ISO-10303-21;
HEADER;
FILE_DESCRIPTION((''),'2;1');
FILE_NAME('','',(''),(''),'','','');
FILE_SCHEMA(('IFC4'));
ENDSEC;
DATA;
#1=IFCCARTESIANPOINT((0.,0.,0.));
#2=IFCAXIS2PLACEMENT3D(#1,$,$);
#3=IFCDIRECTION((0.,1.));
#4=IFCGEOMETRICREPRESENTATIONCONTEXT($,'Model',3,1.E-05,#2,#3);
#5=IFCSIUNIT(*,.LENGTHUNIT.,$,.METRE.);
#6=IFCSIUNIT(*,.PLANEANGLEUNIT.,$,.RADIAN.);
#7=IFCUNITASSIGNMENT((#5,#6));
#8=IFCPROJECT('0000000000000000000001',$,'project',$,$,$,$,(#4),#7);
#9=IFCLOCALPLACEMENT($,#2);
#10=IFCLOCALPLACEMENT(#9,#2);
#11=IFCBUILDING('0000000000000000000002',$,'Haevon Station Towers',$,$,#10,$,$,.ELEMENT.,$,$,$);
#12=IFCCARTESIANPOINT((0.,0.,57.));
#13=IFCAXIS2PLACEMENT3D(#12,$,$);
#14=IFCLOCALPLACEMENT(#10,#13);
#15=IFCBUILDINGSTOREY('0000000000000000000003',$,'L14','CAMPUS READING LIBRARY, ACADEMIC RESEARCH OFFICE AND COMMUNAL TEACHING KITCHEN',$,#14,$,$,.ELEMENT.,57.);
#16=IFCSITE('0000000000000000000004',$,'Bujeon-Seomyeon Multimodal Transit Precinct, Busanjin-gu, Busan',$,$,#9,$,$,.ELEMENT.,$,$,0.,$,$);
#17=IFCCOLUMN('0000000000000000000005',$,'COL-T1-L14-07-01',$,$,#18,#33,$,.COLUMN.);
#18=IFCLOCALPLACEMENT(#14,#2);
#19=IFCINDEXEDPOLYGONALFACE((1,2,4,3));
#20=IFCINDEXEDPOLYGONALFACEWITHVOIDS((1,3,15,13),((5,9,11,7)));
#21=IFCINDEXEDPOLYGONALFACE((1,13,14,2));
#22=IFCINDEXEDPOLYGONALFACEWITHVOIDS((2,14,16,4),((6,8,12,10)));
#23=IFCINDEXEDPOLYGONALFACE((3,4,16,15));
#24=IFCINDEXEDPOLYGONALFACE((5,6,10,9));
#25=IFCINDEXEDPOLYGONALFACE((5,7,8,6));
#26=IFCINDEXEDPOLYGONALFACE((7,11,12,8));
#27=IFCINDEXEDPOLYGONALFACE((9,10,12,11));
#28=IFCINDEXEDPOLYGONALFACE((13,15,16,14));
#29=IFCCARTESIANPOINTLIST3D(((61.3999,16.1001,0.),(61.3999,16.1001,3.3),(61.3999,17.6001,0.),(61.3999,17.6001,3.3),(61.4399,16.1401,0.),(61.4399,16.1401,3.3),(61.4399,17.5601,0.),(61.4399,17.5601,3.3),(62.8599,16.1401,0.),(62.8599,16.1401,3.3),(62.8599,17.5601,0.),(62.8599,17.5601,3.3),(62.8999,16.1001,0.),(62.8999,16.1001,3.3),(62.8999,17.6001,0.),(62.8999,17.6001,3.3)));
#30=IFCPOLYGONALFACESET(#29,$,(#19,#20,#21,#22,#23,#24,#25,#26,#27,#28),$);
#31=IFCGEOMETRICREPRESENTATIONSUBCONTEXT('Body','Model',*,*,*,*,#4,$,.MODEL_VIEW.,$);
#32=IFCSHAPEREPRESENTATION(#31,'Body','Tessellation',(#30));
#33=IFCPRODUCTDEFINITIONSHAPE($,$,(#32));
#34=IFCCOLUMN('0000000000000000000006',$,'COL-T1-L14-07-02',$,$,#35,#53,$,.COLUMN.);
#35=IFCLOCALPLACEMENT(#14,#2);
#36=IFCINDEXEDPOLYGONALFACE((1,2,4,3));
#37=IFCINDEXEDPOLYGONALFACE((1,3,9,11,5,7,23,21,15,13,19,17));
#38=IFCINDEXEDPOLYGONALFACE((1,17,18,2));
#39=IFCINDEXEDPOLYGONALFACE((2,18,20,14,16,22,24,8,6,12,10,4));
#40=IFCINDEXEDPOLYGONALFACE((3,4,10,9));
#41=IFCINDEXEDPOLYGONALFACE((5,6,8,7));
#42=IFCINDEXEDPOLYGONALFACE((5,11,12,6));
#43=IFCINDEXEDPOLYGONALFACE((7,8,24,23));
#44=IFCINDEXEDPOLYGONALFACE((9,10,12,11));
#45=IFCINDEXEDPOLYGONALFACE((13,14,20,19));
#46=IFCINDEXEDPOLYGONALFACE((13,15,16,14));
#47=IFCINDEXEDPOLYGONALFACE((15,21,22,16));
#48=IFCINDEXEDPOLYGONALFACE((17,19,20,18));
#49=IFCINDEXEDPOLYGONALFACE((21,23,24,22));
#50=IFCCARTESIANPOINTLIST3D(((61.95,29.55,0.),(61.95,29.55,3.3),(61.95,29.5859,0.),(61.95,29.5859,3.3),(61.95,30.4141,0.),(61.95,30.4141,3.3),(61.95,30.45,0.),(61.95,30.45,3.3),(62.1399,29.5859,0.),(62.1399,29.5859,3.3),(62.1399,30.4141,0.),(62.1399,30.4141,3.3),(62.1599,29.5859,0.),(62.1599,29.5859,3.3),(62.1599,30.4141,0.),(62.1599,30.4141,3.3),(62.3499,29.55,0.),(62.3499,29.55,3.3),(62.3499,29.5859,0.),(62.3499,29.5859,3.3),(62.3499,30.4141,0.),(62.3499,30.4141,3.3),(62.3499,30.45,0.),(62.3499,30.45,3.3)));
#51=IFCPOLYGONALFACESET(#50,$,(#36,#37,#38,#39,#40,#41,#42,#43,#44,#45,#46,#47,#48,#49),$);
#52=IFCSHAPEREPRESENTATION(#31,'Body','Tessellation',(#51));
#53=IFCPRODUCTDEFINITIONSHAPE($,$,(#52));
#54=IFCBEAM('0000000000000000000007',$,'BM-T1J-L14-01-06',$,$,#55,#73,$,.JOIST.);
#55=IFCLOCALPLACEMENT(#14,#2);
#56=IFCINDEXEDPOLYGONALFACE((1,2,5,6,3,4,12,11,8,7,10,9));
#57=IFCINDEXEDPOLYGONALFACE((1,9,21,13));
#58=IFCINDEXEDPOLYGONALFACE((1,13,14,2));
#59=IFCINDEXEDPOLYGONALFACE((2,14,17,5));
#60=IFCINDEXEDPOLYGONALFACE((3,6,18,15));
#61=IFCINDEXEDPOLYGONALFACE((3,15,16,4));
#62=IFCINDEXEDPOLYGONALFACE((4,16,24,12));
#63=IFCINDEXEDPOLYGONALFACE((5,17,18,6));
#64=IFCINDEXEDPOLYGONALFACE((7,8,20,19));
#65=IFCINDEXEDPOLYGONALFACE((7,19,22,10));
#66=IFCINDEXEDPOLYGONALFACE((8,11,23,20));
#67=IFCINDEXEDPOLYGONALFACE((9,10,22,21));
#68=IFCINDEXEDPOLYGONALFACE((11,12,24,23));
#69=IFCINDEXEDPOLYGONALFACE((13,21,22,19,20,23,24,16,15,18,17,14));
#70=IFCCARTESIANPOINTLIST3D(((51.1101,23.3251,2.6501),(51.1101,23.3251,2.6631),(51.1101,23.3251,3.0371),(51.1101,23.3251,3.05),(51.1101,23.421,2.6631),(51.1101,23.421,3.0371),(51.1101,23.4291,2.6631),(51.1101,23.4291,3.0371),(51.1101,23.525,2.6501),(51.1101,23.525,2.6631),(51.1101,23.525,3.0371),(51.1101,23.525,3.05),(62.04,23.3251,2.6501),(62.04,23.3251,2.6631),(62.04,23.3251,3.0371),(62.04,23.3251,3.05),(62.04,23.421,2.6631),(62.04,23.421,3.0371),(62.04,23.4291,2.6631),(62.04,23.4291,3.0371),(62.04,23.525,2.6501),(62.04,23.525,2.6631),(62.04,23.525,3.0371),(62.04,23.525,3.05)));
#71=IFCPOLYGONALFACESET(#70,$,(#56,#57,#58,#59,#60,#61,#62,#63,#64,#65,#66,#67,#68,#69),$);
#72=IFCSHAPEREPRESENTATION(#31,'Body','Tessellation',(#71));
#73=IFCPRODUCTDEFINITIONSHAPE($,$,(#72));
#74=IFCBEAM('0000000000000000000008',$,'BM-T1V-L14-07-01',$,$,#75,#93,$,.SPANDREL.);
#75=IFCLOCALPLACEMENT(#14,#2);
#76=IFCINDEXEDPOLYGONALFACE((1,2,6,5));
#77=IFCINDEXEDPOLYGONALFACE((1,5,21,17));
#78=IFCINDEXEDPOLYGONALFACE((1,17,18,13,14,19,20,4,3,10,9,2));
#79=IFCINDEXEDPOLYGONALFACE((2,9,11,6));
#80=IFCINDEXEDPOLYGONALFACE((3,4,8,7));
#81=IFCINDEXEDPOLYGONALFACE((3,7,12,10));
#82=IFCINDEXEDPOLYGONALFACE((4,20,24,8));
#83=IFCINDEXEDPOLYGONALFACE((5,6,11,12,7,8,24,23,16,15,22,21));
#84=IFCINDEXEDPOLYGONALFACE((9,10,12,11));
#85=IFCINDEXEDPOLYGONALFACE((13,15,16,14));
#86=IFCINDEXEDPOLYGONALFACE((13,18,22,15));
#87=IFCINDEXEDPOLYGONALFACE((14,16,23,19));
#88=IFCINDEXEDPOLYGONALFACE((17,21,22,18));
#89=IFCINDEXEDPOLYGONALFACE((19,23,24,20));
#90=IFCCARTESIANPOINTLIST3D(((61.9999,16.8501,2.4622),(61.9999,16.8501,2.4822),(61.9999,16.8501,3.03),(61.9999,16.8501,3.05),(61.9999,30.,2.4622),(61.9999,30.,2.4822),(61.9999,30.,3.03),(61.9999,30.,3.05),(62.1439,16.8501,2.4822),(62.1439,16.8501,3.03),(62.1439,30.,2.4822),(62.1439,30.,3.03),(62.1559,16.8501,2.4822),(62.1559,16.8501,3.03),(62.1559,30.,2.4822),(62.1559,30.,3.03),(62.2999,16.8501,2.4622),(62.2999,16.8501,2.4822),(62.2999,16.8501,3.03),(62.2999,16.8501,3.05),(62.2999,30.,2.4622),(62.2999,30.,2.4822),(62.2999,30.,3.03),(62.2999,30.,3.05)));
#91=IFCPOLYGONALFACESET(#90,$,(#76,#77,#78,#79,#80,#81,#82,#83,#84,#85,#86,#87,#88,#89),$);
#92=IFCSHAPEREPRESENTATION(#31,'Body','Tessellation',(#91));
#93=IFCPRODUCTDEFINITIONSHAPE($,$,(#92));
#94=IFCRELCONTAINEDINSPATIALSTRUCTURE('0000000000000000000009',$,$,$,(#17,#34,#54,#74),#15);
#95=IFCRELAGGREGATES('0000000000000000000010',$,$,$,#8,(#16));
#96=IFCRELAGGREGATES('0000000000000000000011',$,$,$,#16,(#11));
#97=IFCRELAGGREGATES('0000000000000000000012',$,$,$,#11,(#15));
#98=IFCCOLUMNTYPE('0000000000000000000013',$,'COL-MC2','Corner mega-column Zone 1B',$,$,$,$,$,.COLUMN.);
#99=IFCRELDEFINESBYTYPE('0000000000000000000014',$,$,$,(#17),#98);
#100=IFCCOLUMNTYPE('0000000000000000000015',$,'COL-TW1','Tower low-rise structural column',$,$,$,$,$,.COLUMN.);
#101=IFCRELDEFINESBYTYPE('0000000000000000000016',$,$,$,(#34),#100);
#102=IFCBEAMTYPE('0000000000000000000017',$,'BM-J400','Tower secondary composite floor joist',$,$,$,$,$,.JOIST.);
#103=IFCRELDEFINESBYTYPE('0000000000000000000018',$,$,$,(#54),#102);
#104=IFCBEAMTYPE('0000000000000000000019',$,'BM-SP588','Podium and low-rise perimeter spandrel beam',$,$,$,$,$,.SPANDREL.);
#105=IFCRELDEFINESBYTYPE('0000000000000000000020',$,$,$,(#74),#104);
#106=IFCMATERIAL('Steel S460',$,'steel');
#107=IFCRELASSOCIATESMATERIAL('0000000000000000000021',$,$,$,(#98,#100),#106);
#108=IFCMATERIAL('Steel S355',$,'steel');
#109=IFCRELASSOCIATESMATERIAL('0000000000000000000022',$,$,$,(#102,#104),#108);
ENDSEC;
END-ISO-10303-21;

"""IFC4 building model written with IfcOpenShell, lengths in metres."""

from ifc_helpers import new_model, si_unit, direction, frame, origin, origin_2d, place, context, subcontext, project, spatial, hollow_rectangle, i_section, extrude, material, material_profile, profile_set, type_object, element, save


model = new_model("IFC4")

# Units and contexts
model_context = context("Model", 3, precision=1e-05, world=origin(), true_north=direction((0.0, 1.0)))
body_context = subcontext(model_context, "Body", "Model", "MODEL_VIEW")
ifc_project = project(units=[si_unit("LENGTHUNIT", "METRE"), si_unit("PLANEANGLEUNIT", "RADIAN")], contexts=[model_context])

# Site, building, storey
site_placement = place(None, origin())
site = spatial("IfcSite", under=ifc_project, at=site_placement, Name="Bujeon-Seomyeon Multimodal Transit Precinct, Busanjin-gu, Busan", CompositionType="ELEMENT", RefElevation=0.0)
building_placement = place(site_placement, origin())
building = spatial("IfcBuilding", under=site, at=building_placement, Name="Haevon Station Towers", CompositionType="ELEMENT")
storey_placement = place(building_placement, frame((0.0, 0.0, 57.0)))
storey = spatial("IfcBuildingStorey", under=building, at=storey_placement, Name="L14", Description="CAMPUS READING LIBRARY, ACADEMIC RESEARCH OFFICE AND COMMUNAL TEACHING KITCHEN", CompositionType="ELEMENT", Elevation=57.0)

# Columns
ifc_material_1 = material(Name="Steel S460", Category="steel")
ifc_material_profile_1 = material_profile(ifc_material_1, hollow_rectangle(XDim=1.5, YDim=1.5, WallThickness=0.04, at=origin_2d()), Name="BOX-1500x1500x40")
ifc_profile_set_1 = profile_set([ifc_material_profile_1], Name="Steel S460")
column_type_1 = type_object("IfcColumnType", Name="COL-MC2", Description="Corner mega-column Zone 1B", PredefinedType="COLUMN", material=ifc_profile_set_1)
column_1_placement = place(storey_placement, frame((62.1499, 16.8501, 0.0), z_axis=(0.0, 0.0, 1.0), x_axis=(1.0, 0.0, 0.0)))
element("IfcColumn", 1, at=column_1_placement, inside=storey, type_object=column_type_1, Name="COL-T1-L14-07-01", PredefinedType="COLUMN", context=body_context, shape_type="SweptSolid", body=[
    extrude(hollow_rectangle(XDim=1.5, YDim=1.5, WallThickness=0.04, at=origin_2d()), origin(), (0.0, 0.0, 1.0), 3.3),
])
ifc_material_profile_2 = material_profile(ifc_material_1, i_section(OverallWidth=0.3999, OverallDepth=0.8999, WebThickness=0.02, FlangeThickness=0.0359, at=origin_2d()), Name="H-900x400x20x36")
ifc_profile_set_2 = profile_set([ifc_material_profile_2], Name="Steel S460")
column_type_2 = type_object("IfcColumnType", Name="COL-TW1", Description="Tower low-rise structural column", PredefinedType="COLUMN", material=ifc_profile_set_2)
column_2_placement = place(storey_placement, frame((62.1499, 30.0, 0.0), z_axis=(0.0, 0.0, 1.0), x_axis=(1.0, 0.0, 0.0)))
element("IfcColumn", 2, at=column_2_placement, inside=storey, type_object=column_type_2, Name="COL-T1-L14-07-02", PredefinedType="COLUMN", context=body_context, shape_type="SweptSolid", body=[
    extrude(i_section(OverallWidth=0.3999, OverallDepth=0.8999, WebThickness=0.02, FlangeThickness=0.0359, at=origin_2d()), origin(), (0.0, 0.0, 1.0), 3.3),
])

# Beams
ifc_material_2 = material(Name="Steel S355", Category="steel")
ifc_material_profile_3 = material_profile(ifc_material_2, i_section(OverallWidth=0.2, OverallDepth=0.3999, WebThickness=0.0081, FlangeThickness=0.0129, at=origin_2d()), Name="H-400x200x8x13")
ifc_profile_set_3 = profile_set([ifc_material_profile_3], Name="Steel S355")
beam_type_1 = type_object("IfcBeamType", Name="BM-J400", Description="Tower secondary composite floor joist", PredefinedType="JOIST", material=ifc_profile_set_3)
beam_1_placement = place(storey_placement, frame((51.1101, 23.425, 2.8501), z_axis=(1.0, 0.0, 0.0), x_axis=(0.0, 1.0, 0.0)))
element("IfcBeam", 3, at=beam_1_placement, inside=storey, type_object=beam_type_1, Name="BM-T1J-L14-01-06", PredefinedType="JOIST", context=body_context, shape_type="SweptSolid", body=[
    extrude(i_section(OverallWidth=0.2, OverallDepth=0.3999, WebThickness=0.0081, FlangeThickness=0.0129, at=origin_2d()), origin(), (0.0, 0.0, 1.0), 10.9299),
])
ifc_material_profile_4 = material_profile(ifc_material_2, i_section(OverallWidth=0.3, OverallDepth=0.5879, WebThickness=0.012, FlangeThickness=0.02, at=origin_2d()), Name="H-588x300x12x20")
ifc_profile_set_4 = profile_set([ifc_material_profile_4], Name="Steel S355")
beam_type_2 = type_object("IfcBeamType", Name="BM-SP588", Description="Podium and low-rise perimeter spandrel beam", PredefinedType="SPANDREL", material=ifc_profile_set_4)
beam_2_placement = place(storey_placement, frame((62.1499, 16.8501, 2.7561), z_axis=(0.0, 1.0, 0.0), x_axis=(-1.0, 0.0, 0.0)))
element("IfcBeam", 4, at=beam_2_placement, inside=storey, type_object=beam_type_2, Name="BM-T1V-L14-07-01", PredefinedType="SPANDREL", context=body_context, shape_type="SweptSolid", body=[
    extrude(i_section(OverallWidth=0.3, OverallDepth=0.5879, WebThickness=0.012, FlangeThickness=0.02, at=origin_2d()), origin(), (0.0, 0.0, 1.0), 13.1499),
])

save(model, "model.ifc")
